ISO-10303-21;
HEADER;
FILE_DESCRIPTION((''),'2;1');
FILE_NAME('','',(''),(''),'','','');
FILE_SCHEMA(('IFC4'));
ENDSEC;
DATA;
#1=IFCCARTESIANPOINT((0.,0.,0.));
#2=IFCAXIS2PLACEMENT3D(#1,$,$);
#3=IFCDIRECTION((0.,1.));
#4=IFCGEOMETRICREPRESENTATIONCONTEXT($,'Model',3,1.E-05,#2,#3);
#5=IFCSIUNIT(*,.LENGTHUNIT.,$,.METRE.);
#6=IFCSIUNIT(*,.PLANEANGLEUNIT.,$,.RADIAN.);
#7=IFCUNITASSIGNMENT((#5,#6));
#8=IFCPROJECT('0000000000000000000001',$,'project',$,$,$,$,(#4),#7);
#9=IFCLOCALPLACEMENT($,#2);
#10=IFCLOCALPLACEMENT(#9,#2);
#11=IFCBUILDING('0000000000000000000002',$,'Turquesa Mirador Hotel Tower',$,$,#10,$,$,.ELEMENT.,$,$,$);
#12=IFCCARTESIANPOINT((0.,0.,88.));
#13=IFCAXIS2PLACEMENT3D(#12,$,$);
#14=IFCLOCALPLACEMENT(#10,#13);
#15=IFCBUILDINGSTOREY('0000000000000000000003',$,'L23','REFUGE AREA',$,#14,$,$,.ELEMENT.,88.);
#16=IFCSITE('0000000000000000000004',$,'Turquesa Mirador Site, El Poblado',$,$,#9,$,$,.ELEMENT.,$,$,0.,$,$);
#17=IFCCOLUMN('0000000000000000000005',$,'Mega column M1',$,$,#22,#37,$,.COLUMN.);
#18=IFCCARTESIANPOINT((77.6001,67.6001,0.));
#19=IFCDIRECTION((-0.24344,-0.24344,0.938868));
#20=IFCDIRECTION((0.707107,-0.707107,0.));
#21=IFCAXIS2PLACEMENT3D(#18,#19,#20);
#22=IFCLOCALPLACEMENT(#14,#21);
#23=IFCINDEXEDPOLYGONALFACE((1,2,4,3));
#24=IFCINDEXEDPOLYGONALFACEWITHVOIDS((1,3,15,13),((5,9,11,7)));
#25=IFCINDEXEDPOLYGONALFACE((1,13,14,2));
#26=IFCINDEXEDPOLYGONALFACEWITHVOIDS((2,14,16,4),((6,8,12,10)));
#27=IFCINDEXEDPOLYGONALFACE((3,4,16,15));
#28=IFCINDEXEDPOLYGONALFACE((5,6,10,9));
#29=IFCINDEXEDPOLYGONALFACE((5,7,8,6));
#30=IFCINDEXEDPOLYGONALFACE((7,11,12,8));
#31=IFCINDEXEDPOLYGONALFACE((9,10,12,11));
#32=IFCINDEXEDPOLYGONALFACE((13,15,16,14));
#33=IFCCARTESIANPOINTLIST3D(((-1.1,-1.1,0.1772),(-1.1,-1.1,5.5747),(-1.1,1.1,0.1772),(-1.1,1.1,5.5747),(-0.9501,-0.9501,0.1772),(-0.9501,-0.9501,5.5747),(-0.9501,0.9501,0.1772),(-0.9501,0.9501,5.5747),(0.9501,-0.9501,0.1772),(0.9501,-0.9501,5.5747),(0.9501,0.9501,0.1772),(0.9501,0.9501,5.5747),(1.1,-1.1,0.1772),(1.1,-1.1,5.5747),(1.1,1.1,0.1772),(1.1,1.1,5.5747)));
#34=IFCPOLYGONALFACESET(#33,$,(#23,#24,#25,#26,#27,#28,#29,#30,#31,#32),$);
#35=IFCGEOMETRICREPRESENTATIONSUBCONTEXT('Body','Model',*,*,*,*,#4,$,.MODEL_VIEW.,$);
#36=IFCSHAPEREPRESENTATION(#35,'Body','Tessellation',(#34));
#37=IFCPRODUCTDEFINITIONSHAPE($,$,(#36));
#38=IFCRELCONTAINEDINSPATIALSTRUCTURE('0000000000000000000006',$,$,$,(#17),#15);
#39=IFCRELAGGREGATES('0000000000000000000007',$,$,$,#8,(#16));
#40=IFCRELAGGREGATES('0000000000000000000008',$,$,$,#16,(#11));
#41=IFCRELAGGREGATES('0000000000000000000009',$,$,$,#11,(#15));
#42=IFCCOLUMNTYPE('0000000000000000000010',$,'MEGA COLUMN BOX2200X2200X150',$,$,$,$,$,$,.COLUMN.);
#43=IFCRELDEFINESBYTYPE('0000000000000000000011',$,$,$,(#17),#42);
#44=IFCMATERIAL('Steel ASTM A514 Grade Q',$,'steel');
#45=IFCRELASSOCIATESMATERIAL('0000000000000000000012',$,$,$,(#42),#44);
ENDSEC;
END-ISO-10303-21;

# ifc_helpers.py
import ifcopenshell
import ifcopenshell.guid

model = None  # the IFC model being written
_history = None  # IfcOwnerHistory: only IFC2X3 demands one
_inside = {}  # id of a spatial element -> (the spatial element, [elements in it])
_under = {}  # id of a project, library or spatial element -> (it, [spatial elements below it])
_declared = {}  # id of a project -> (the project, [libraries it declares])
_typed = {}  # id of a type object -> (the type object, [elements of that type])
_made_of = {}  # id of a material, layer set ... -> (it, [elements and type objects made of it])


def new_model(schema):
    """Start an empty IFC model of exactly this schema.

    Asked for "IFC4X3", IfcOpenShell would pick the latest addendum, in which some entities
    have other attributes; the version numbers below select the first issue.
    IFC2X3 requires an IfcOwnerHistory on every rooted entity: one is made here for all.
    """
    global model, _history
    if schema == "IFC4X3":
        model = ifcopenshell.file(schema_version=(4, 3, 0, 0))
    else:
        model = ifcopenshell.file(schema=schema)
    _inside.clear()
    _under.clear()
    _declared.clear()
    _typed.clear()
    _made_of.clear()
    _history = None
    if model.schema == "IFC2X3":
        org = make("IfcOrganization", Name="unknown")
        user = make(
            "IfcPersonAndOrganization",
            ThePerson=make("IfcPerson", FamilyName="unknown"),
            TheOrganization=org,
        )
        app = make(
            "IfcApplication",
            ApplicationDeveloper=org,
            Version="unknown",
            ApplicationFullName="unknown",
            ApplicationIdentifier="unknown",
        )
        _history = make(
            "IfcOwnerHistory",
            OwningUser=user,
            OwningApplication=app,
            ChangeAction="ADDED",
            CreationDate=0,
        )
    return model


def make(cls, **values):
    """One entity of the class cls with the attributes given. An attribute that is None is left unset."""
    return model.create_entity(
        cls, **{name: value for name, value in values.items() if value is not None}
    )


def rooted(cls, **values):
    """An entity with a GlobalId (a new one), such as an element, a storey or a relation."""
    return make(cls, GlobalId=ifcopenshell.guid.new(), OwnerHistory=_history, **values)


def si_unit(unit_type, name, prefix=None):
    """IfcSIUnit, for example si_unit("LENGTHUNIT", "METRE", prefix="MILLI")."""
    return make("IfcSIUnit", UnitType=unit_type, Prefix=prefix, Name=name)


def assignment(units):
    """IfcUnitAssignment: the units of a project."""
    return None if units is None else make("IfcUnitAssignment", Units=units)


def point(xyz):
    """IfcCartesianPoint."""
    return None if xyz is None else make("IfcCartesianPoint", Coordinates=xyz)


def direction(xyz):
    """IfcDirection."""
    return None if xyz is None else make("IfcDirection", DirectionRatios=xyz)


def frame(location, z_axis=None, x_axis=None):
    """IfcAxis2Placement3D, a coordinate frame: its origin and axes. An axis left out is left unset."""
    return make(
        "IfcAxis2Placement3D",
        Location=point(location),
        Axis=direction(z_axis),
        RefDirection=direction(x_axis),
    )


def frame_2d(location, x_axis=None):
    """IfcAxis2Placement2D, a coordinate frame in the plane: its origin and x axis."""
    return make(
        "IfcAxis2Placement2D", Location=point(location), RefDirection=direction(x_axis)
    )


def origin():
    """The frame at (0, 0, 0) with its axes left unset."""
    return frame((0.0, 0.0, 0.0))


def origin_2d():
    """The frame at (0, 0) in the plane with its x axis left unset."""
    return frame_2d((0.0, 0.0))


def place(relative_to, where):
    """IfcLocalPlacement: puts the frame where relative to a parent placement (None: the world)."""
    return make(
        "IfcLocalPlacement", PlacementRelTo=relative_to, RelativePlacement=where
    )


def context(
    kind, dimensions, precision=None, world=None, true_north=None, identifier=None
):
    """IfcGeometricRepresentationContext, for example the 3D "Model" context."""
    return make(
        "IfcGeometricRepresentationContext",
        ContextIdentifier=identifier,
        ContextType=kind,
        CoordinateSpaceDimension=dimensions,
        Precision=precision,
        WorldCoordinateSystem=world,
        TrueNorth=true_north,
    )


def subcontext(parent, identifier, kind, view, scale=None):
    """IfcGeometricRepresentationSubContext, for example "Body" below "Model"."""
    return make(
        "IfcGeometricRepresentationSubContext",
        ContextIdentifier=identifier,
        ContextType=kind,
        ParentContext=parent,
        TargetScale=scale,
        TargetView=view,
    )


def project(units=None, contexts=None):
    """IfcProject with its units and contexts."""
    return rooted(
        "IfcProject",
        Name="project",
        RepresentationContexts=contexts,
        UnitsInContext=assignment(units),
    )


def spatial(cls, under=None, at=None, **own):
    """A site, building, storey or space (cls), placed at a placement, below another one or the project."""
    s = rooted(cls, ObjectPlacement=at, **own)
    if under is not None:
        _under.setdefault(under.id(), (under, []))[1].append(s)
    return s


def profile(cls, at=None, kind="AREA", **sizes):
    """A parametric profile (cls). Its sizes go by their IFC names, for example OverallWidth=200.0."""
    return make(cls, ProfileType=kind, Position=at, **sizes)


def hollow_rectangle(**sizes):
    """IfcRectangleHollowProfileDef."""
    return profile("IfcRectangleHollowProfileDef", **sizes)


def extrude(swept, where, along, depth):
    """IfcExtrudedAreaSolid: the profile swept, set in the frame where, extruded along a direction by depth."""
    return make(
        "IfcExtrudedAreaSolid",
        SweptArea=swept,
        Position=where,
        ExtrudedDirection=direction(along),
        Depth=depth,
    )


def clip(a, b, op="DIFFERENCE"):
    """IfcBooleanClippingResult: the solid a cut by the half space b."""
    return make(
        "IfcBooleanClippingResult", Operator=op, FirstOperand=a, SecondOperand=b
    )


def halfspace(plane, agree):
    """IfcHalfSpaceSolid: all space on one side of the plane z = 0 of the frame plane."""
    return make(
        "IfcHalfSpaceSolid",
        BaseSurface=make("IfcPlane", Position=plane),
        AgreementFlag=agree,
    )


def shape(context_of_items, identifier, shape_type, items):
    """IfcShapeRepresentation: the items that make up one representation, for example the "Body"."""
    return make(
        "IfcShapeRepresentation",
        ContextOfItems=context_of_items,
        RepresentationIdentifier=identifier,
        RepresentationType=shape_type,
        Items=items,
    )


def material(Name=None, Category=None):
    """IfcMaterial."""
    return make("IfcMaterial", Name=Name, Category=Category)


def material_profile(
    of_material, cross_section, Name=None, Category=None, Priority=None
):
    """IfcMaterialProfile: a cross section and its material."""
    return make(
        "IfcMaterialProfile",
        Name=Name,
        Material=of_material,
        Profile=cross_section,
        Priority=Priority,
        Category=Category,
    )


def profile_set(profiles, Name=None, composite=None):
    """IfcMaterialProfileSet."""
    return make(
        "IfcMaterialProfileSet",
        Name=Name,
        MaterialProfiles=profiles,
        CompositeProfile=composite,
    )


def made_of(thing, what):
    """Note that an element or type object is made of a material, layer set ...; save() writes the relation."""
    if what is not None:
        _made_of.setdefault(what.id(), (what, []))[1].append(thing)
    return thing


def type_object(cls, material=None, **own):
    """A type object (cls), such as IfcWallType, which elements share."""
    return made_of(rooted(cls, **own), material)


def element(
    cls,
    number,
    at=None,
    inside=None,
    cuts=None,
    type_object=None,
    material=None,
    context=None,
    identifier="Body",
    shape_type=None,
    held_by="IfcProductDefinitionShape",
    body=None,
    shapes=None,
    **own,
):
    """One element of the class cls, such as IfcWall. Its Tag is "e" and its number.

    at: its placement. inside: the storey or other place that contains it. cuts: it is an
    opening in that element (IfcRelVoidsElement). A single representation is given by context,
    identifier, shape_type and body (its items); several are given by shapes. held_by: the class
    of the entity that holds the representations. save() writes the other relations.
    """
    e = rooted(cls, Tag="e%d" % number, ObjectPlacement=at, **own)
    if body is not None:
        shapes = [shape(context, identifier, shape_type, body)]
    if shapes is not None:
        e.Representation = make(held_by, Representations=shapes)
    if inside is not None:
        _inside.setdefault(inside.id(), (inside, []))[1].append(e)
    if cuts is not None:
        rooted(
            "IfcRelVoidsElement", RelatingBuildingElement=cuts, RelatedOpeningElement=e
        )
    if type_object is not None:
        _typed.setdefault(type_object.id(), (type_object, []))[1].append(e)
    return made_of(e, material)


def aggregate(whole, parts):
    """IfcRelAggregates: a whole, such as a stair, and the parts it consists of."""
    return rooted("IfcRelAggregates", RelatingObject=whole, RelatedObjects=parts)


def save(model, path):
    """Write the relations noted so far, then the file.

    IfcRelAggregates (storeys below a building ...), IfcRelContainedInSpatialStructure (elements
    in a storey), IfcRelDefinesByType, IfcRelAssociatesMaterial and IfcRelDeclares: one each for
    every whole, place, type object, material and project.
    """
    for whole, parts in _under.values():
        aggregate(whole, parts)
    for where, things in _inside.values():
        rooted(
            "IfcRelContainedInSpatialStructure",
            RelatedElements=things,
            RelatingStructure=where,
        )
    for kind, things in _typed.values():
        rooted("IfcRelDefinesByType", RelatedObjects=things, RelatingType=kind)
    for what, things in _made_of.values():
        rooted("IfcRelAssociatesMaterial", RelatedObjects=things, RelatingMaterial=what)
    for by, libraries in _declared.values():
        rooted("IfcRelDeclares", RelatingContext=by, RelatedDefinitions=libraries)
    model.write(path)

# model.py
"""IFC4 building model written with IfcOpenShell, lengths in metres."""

from ifc_helpers import new_model, si_unit, direction, frame, origin, origin_2d, place, context, subcontext, project, spatial, hollow_rectangle, extrude, clip, halfspace, material, material_profile, profile_set, type_object, element, save


model = new_model("IFC4")

# Units and contexts
model_context = context("Model", 3, precision=1e-05, world=origin(), true_north=direction((0.0, 1.0)))
body_context = subcontext(model_context, "Body", "Model", "MODEL_VIEW")
ifc_project = project(units=[si_unit("LENGTHUNIT", "METRE"), si_unit("PLANEANGLEUNIT", "RADIAN")], contexts=[model_context])

# Site, building, storey
site_placement = place(None, origin())
site = spatial("IfcSite", under=ifc_project, at=site_placement, Name="Turquesa Mirador Site, El Poblado", CompositionType="ELEMENT", RefElevation=0.0)
building_placement = place(site_placement, origin())
building = spatial("IfcBuilding", under=site, at=building_placement, Name="Turquesa Mirador Hotel Tower", CompositionType="ELEMENT")
storey_placement = place(building_placement, frame((0.0, 0.0, 88.0)))
storey = spatial("IfcBuildingStorey", under=building, at=storey_placement, Name="L23", Description="REFUGE AREA", CompositionType="ELEMENT", Elevation=88.0)

# Column
ifc_material_1 = material(Name="Steel ASTM A514 Grade Q", Category="steel")
ifc_material_profile_1 = material_profile(ifc_material_1, hollow_rectangle(XDim=2.2, YDim=2.2, WallThickness=0.1499, at=origin_2d()), Name="BOX2200X2200X150")
ifc_profile_set_1 = profile_set([ifc_material_profile_1], Name="Steel ASTM A514 Grade Q")
column_type = type_object("IfcColumnType", Name="MEGA COLUMN BOX2200X2200X150", PredefinedType="COLUMN", material=ifc_profile_set_1)
column_placement = place(storey_placement, frame((77.6001, 67.6001, 0.0), z_axis=(-0.24344, -0.24344, 0.938868), x_axis=(0.707107, -0.707107, 0.0)))
element("IfcColumn", 1, at=column_placement, inside=storey, type_object=column_type, Name="Mega column M1", PredefinedType="COLUMN", context=body_context, shape_type="Clipping", body=[
    clip(clip(extrude(hollow_rectangle(XDim=2.2, YDim=2.2, WallThickness=0.1499, at=origin_2d()), origin(), (0.0, 0.0, 1.0), 5.7515), halfspace(frame((0.0, 0.0, 0.1772), z_axis=(0.0, 0.0, -1.0), x_axis=(1.0, 0.0, 0.0)), False)), halfspace(frame((0.0, 0.0, 5.5747), z_axis=(0.0, 0.0, 1.0), x_axis=(1.0, 0.0, 0.0)), False)),
])

save(model, "model.ifc")
